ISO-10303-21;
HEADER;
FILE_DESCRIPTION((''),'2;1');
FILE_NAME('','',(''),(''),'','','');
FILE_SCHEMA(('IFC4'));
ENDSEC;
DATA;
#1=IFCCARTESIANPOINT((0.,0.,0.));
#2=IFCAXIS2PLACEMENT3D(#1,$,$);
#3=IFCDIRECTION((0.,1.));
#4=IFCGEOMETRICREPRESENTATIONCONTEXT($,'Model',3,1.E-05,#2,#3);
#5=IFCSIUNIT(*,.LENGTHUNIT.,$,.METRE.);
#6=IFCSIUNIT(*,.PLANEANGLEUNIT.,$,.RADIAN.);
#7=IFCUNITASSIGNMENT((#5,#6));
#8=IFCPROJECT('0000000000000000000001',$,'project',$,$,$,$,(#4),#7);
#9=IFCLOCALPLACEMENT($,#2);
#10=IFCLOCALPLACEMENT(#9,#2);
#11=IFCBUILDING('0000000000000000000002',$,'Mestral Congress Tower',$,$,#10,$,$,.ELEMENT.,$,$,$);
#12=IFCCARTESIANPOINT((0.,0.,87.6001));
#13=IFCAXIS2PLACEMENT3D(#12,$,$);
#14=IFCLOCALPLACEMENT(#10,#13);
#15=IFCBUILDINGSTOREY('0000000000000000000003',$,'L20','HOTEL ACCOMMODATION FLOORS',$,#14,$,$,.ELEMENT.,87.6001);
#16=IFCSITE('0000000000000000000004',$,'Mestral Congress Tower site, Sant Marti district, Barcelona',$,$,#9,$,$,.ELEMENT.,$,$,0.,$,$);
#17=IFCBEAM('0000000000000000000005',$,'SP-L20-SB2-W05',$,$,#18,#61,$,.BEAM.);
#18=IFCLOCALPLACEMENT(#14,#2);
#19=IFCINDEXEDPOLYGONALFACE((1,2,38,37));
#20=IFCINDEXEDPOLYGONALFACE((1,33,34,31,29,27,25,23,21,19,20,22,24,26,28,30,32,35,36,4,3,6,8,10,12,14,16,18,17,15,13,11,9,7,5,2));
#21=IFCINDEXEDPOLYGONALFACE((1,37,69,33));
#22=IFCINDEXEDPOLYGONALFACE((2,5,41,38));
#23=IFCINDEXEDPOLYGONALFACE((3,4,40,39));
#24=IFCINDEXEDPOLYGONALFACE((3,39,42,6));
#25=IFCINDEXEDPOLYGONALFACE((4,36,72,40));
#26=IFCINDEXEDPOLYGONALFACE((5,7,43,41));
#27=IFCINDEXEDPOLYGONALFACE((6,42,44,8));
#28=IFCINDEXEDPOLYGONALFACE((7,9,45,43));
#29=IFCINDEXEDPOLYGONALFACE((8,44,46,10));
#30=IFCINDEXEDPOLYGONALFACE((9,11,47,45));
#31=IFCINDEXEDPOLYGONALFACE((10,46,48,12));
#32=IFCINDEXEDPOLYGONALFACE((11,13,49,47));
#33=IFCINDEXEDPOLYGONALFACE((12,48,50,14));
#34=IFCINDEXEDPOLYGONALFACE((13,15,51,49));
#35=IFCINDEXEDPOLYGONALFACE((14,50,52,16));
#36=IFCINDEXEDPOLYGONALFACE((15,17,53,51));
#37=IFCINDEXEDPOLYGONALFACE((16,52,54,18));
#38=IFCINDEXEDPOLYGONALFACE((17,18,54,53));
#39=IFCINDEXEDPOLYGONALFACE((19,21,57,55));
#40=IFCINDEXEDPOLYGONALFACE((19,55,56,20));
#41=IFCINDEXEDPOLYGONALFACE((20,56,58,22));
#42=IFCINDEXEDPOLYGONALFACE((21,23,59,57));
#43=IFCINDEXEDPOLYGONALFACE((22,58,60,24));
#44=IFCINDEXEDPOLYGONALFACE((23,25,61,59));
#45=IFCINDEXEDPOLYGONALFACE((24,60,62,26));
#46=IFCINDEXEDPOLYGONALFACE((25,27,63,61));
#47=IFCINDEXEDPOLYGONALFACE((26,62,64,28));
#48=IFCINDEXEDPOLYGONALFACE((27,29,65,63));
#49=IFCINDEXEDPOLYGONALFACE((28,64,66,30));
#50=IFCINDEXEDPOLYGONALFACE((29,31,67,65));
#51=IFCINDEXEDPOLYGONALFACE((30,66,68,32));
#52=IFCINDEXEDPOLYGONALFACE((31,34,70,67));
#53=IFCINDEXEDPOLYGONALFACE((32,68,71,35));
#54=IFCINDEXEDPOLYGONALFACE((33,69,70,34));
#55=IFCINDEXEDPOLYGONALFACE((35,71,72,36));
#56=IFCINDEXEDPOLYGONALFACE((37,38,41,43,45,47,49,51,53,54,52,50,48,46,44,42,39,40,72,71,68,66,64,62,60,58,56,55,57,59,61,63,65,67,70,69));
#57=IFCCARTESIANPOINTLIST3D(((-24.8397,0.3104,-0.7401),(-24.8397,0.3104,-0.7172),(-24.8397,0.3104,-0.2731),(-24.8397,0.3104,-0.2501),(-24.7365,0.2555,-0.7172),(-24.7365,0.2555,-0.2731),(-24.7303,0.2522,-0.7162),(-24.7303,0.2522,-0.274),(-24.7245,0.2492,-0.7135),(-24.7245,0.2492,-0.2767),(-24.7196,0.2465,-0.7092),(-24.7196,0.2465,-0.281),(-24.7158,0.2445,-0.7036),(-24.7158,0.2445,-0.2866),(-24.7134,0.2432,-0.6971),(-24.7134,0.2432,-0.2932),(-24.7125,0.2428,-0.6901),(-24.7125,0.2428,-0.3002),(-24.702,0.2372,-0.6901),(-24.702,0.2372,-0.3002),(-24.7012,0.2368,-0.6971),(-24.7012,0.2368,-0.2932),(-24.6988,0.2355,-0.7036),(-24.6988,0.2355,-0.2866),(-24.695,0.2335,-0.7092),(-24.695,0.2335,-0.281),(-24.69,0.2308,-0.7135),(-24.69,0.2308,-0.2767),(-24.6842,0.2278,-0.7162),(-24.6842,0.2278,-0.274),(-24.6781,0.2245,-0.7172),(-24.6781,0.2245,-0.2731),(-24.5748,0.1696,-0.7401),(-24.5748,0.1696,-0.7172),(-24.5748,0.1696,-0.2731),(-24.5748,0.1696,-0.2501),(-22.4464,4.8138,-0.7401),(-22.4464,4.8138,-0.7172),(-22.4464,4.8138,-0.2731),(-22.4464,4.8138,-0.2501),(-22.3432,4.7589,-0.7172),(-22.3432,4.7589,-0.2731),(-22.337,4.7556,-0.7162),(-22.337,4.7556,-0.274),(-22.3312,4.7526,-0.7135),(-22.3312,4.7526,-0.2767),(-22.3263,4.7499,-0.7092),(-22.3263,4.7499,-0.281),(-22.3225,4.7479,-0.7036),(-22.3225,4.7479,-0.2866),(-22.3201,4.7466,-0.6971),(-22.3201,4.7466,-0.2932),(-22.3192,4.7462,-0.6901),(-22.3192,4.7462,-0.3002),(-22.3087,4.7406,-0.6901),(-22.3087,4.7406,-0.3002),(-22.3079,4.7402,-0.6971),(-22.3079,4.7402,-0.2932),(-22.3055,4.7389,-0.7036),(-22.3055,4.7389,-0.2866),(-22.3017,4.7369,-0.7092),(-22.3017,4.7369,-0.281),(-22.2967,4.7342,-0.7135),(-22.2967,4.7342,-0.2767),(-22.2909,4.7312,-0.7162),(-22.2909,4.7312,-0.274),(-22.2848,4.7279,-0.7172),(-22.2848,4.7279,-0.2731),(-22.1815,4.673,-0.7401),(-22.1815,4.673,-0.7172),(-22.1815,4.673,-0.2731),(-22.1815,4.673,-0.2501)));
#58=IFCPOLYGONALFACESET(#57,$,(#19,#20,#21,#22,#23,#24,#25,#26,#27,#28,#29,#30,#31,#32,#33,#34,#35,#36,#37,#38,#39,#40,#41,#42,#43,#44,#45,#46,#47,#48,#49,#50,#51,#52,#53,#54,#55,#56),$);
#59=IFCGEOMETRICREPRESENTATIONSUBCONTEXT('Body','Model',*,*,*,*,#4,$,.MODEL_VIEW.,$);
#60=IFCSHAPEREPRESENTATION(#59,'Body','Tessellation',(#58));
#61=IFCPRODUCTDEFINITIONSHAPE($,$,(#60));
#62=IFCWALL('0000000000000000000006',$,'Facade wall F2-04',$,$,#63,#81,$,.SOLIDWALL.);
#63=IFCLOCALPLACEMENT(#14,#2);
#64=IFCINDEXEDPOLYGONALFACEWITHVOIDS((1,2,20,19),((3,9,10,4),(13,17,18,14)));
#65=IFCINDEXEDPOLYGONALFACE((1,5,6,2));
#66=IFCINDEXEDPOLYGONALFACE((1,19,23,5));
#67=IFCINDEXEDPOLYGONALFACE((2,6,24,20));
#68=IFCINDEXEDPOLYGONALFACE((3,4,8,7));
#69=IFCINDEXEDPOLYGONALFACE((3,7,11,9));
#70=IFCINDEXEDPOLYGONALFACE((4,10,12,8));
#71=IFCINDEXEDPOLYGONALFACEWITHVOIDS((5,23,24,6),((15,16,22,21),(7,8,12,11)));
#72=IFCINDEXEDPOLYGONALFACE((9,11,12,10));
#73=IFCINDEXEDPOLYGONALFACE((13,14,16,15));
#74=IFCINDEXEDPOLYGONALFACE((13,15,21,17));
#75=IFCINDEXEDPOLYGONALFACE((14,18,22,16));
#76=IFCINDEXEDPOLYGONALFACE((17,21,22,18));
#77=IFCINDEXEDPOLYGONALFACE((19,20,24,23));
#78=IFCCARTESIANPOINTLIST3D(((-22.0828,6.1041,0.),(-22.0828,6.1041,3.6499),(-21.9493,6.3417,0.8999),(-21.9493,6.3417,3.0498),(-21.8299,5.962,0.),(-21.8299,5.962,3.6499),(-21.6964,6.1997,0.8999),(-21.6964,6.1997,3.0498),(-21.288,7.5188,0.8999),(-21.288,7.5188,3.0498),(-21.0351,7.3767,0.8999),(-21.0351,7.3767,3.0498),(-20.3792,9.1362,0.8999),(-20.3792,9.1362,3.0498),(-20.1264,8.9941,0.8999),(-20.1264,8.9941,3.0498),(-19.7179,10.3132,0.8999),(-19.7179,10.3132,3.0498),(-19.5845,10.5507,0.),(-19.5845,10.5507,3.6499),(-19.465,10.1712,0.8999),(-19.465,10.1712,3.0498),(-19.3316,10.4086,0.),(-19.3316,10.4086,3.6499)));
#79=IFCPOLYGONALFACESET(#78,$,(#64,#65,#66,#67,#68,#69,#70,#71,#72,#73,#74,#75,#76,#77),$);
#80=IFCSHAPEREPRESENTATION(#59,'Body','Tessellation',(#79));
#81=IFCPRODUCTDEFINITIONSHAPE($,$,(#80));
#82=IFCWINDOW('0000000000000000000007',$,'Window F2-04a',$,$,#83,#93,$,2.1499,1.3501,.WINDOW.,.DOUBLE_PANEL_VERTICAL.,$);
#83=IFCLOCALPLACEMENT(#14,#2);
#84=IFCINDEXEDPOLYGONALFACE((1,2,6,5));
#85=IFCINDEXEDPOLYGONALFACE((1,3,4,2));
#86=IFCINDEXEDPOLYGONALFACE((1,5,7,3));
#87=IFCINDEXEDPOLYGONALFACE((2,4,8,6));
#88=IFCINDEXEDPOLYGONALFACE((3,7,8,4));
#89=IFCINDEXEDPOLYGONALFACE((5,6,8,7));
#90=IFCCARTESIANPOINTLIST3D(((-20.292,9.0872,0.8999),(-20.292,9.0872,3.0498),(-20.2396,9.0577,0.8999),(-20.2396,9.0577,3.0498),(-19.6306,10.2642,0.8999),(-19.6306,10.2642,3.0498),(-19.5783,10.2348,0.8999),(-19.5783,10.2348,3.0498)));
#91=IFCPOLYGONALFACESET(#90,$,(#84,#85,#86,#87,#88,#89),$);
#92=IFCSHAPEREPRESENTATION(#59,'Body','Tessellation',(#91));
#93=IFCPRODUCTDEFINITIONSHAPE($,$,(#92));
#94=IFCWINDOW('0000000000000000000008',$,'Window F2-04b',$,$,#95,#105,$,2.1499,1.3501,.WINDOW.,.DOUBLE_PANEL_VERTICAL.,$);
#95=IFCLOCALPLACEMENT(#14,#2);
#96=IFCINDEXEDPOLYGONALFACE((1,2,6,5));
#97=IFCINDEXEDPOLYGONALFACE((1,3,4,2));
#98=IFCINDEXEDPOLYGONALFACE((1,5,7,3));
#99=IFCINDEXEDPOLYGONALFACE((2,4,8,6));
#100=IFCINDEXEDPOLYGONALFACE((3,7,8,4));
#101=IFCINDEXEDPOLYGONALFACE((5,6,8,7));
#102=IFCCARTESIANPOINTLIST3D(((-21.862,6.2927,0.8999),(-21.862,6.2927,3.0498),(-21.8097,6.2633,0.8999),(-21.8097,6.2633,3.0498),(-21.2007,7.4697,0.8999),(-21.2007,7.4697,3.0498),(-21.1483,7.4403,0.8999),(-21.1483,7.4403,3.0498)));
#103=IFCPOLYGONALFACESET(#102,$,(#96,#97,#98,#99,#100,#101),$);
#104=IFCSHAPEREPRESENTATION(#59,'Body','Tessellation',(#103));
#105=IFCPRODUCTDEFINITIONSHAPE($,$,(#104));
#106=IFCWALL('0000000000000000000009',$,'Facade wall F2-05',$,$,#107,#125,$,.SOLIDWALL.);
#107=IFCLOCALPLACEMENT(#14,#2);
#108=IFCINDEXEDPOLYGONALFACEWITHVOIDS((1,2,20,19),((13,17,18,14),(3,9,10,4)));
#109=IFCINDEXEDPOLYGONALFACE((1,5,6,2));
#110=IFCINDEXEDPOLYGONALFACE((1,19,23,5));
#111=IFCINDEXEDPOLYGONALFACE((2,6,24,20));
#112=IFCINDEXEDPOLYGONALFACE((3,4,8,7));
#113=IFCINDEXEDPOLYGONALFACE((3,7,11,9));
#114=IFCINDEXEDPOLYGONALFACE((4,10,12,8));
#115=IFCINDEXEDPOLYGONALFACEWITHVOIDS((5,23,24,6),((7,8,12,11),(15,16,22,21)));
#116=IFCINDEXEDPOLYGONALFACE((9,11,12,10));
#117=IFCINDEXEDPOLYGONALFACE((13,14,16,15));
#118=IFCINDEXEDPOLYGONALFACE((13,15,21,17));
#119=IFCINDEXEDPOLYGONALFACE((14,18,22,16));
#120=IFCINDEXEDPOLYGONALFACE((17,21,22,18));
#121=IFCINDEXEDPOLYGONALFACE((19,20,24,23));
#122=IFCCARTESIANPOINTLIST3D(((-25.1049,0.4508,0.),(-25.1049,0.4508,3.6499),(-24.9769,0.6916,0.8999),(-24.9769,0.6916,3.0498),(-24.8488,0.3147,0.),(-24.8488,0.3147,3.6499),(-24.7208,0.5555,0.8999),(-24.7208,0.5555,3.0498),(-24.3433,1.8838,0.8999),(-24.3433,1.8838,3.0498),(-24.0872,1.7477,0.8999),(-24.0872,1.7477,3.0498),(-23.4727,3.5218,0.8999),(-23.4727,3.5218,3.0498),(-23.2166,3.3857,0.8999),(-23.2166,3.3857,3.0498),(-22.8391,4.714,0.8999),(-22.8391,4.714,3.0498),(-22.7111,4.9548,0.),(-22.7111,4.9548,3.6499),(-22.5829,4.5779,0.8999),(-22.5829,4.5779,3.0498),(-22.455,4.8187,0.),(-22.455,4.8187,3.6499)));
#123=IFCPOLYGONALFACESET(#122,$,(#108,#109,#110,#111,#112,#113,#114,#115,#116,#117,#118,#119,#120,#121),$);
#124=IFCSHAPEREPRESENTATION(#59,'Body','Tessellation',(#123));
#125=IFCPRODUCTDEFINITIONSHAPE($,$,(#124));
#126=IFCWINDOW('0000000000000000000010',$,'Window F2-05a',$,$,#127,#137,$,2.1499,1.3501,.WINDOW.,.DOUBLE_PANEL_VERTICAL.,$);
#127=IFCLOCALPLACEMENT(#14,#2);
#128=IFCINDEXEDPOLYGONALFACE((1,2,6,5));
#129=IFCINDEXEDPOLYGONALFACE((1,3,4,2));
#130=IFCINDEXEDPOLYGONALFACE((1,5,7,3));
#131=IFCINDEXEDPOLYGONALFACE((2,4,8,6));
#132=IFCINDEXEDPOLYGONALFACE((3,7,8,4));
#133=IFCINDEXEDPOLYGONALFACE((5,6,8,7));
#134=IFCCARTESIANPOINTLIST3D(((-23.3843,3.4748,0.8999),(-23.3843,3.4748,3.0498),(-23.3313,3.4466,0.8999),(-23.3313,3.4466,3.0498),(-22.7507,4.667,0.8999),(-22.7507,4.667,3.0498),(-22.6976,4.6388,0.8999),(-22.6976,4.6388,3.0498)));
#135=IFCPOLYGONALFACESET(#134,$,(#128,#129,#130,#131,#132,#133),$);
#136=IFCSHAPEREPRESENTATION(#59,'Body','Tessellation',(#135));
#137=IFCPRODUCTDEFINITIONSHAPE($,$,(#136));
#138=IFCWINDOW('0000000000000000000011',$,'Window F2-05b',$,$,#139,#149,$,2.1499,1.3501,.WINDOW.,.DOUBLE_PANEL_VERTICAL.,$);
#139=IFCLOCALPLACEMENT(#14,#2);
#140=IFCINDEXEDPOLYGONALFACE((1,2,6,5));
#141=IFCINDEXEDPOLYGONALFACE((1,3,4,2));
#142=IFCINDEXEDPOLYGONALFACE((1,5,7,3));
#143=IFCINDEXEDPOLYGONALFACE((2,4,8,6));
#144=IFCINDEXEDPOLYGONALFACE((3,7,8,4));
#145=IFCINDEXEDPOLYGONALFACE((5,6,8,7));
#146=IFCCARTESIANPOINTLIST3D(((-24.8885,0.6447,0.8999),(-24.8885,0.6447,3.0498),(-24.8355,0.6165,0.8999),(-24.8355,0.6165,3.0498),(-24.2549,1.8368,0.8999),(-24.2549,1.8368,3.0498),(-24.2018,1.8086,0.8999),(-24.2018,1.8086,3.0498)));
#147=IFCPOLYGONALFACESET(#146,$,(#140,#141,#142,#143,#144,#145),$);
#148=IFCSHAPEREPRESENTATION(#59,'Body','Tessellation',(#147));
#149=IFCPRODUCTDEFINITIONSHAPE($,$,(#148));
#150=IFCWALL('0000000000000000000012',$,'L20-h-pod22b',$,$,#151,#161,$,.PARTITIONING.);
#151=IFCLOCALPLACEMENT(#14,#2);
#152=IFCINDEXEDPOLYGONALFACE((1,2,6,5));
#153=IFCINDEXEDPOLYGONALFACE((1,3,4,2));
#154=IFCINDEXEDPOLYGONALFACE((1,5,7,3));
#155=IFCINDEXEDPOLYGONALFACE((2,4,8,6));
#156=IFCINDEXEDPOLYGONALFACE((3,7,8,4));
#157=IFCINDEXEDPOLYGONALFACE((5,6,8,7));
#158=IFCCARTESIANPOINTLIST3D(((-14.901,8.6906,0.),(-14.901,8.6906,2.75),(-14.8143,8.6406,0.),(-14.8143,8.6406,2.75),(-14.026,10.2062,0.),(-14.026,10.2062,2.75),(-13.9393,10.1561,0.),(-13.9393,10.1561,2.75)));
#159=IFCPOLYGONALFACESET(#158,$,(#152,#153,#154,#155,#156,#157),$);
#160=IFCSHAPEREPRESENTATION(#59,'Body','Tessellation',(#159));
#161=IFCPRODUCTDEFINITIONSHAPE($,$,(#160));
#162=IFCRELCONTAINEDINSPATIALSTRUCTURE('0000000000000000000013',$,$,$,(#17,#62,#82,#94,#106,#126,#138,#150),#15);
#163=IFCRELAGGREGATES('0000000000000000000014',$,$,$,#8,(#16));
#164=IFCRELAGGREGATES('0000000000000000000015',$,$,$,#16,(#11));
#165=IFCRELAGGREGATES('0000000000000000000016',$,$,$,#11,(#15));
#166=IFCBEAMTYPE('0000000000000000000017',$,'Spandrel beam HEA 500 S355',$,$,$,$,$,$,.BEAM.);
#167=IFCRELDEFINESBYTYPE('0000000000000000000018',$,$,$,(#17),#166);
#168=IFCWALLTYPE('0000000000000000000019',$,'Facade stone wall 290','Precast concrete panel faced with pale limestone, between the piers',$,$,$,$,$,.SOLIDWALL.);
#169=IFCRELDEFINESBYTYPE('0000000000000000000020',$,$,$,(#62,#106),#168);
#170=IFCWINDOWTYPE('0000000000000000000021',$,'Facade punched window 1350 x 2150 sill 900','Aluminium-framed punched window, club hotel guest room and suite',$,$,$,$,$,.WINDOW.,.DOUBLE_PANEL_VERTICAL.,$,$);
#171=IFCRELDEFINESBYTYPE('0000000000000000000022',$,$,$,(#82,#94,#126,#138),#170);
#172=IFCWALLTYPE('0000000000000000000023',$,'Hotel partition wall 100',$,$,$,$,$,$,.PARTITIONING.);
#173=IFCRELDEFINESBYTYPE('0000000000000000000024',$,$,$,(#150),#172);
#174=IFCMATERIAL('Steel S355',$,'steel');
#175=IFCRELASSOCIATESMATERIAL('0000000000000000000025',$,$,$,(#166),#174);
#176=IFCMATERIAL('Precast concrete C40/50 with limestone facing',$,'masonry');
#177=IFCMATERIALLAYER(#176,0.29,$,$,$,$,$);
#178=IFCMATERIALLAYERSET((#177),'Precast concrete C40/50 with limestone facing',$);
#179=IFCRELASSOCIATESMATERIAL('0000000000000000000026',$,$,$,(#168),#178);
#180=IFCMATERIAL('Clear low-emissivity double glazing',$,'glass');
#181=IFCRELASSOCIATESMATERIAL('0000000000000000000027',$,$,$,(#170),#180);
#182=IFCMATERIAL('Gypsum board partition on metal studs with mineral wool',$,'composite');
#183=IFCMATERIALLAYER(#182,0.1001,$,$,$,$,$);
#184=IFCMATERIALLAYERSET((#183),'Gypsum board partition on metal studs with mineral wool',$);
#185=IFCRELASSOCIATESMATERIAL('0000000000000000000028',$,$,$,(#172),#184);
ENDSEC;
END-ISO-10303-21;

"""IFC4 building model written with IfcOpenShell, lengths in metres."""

from ifc_helpers import new_model, si_unit, direction, frame, frame_2d, origin, origin_2d, place, context, subcontext, project, spatial, rectangle, i_section, extrude, material, layer, layer_set, material_profile, profile_set, type_object, element, fill, save


model = new_model("IFC4")

# Units and contexts
model_context = context("Model", 3, precision=1e-05, world=origin(), true_north=direction((0.0, 1.0)))
body_context = subcontext(model_context, "Body", "Model", "MODEL_VIEW")
ifc_project = project(units=[si_unit("LENGTHUNIT", "METRE"), si_unit("PLANEANGLEUNIT", "RADIAN")], contexts=[model_context])

# Site, building, storey
site_placement = place(None, origin())
site = spatial("IfcSite", under=ifc_project, at=site_placement, Name="Mestral Congress Tower site, Sant Marti district, Barcelona", CompositionType="ELEMENT", RefElevation=0.0)
building_placement = place(site_placement, origin())
building = spatial("IfcBuilding", under=site, at=building_placement, Name="Mestral Congress Tower", CompositionType="ELEMENT")
storey_placement = place(building_placement, frame((0.0, 0.0, 87.6001)))
storey = spatial("IfcBuildingStorey", under=building, at=storey_placement, Name="L20", Description="HOTEL ACCOMMODATION FLOORS", CompositionType="ELEMENT", Elevation=87.6001)

# Beam
ifc_material_1 = material(Name="Steel S355", Category="steel")
ifc_material_profile_1 = material_profile(ifc_material_1, i_section(OverallWidth=0.3, OverallDepth=0.49, WebThickness=0.012, FlangeThickness=0.0229, FilletRadius=0.0271, at=origin_2d()), Name="HEA 500")
ifc_profile_set_1 = profile_set([ifc_material_profile_1], Name="Steel S355")
beam_type_1 = type_object("IfcBeamType", Name="Spandrel beam HEA 500 S355", PredefinedType="BEAM", material=ifc_profile_set_1)
for number, where, z_axis, x_axis, name in (
    (1, (-22.314, 4.7434, -0.4951), (-0.469288, -0.883045, 0.0), (0.883045, -0.469288, 0.0), "SP-L20-SB2-W05"),
):
    element("IfcBeam", number, at=place(storey_placement, frame(where, z_axis=z_axis, x_axis=x_axis)), inside=storey, type_object=beam_type_1, Name=name, PredefinedType="BEAM", context=body_context, shape_type="SweptSolid", body=[
        extrude(i_section(OverallWidth=0.3, OverallDepth=0.49, WebThickness=0.012, FlangeThickness=0.0229, FilletRadius=0.0271, at=origin_2d()), origin(), (0.0, 0.0, 1.0), 5.0999),
    ])

# Walls, openings, windows
ifc_material_2 = material(Name="Precast concrete C40/50 with limestone facing", Category="masonry")
ifc_layer_1 = layer(ifc_material_2, 0.29)
ifc_layer_set_1 = layer_set([ifc_layer_1], Name="Precast concrete C40/50 with limestone facing")
wall_type_1 = type_object("IfcWallType", Name="Facade stone wall 290", Description="Precast concrete panel faced with pale limestone, between the piers", PredefinedType="SOLIDWALL", material=ifc_layer_set_1)
wall_1_placement = place(storey_placement, frame((-19.458, 10.4797, 0.0), z_axis=(0.0, 0.0, 1.0), x_axis=(-0.489832, -0.871817, 0.0)))
wall_1 = element("IfcWall", 2, at=wall_1_placement, inside=storey, type_object=wall_type_1, Name="Facade wall F2-04", PredefinedType="SOLIDWALL", context=body_context, shape_type="SweptSolid", body=[
    extrude(rectangle(XDim=5.1003, YDim=0.29, at=frame_2d((2.5503, 0.0))), origin(), (0.0, 0.0, 1.0), 3.6499),
])
opening_1_placement = place(wall_1_placement, frame((0.2725, 0.0, 0.8999)))
opening_1 = element("IfcOpeningElement", 3, at=opening_1_placement, cuts=wall_1, PredefinedType="OPENING", context=body_context, shape_type="SweptSolid", body=[
    extrude(rectangle(XDim=1.3501, YDim=2.1499, at=frame_2d((0.675, 1.075))), frame((0.0, 0.155, 0.0), z_axis=(0.0, -1.0, 0.0), x_axis=(1.0, 0.0, 0.0)), (0.0, 0.0, 1.0), 0.3101),
])
opening_2_placement = place(wall_1_placement, frame((3.4778, 0.0, 0.8999)))
opening_2 = element("IfcOpeningElement", 4, at=opening_2_placement, cuts=wall_1, PredefinedType="OPENING", context=body_context, shape_type="SweptSolid", body=[
    extrude(rectangle(XDim=1.3501, YDim=2.1499, at=frame_2d((0.675, 1.075))), frame((0.0, 0.155, 0.0), z_axis=(0.0, -1.0, 0.0), x_axis=(1.0, 0.0, 0.0)), (0.0, 0.0, 1.0), 0.3101),
])
ifc_material_3 = material(Name="Clear low-emissivity double glazing", Category="glass")
window_type = type_object("IfcWindowType", Name="Facade punched window 1350 x 2150 sill 900", Description="Aluminium-framed punched window, club hotel guest room and suite", PartitioningType="DOUBLE_PANEL_VERTICAL", PredefinedType="WINDOW", material=ifc_material_3)
window_1_placement = place(opening_1_placement, origin())
window_1 = element("IfcWindow", 5, at=window_1_placement, inside=storey, type_object=window_type, Name="Window F2-04a", OverallHeight=2.1499, OverallWidth=1.3501, PartitioningType="DOUBLE_PANEL_VERTICAL", PredefinedType="WINDOW", context=body_context, shape_type="SweptSolid", body=[
    extrude(rectangle(XDim=1.3501, YDim=2.1499, at=frame_2d((0.675, 1.075))), frame((0.0, 0.0151, 0.0), z_axis=(0.0, -1.0, 0.0), x_axis=(1.0, 0.0, 0.0)), (0.0, 0.0, 1.0), 0.0601),
])
fill(opening_1, window_1)
window_2_placement = place(opening_2_placement, origin())
window_2 = element("IfcWindow", 6, at=window_2_placement, inside=storey, type_object=window_type, Name="Window F2-04b", OverallHeight=2.1499, OverallWidth=1.3501, PartitioningType="DOUBLE_PANEL_VERTICAL", PredefinedType="WINDOW", context=body_context, shape_type="SweptSolid", body=[
    extrude(rectangle(XDim=1.3501, YDim=2.1499, at=frame_2d((0.675, 1.075))), frame((0.0, 0.0151, 0.0), z_axis=(0.0, -1.0, 0.0), x_axis=(1.0, 0.0, 0.0)), (0.0, 0.0, 1.0), 0.0601),
])
fill(opening_2, window_2)
wall_2_placement = place(storey_placement, frame((-22.583, 4.8867, 0.0), z_axis=(0.0, 0.0, 1.0), x_axis=(-0.469323, -0.883026, 0.0)))
wall_2 = element("IfcWall", 7, at=wall_2_placement, inside=storey, type_object=wall_type_1, Name="Facade wall F2-05", PredefinedType="SOLIDWALL", context=body_context, shape_type="SweptSolid", body=[
    extrude(rectangle(XDim=5.1006, YDim=0.29, at=frame_2d((2.5503, 0.0))), origin(), (0.0, 0.0, 1.0), 3.6499),
])
opening_3_placement = place(wall_2_placement, frame((0.2727, 0.0, 0.8999)))
opening_3 = element("IfcOpeningElement", 8, at=opening_3_placement, cuts=wall_2, PredefinedType="OPENING", context=body_context, shape_type="SweptSolid", body=[
    extrude(rectangle(XDim=1.3501, YDim=2.1499, at=frame_2d((0.675, 1.075))), frame((0.0, 0.155, 0.0), z_axis=(0.0, -1.0, 0.0), x_axis=(1.0, 0.0, 0.0)), (0.0, 0.0, 1.0), 0.3101),
])
opening_4_placement = place(wall_2_placement, frame((3.4778, 0.0, 0.8999)))
opening_4 = element("IfcOpeningElement", 9, at=opening_4_placement, cuts=wall_2, PredefinedType="OPENING", context=body_context, shape_type="SweptSolid", body=[
    extrude(rectangle(XDim=1.3501, YDim=2.1499, at=frame_2d((0.675, 1.075))), frame((0.0, 0.155, 0.0), z_axis=(0.0, -1.0, 0.0), x_axis=(1.0, 0.0, 0.0)), (0.0, 0.0, 1.0), 0.3101),
])
window_3_placement = place(opening_3_placement, origin())
window_3 = element("IfcWindow", 10, at=window_3_placement, inside=storey, type_object=window_type, Name="Window F2-05a", OverallHeight=2.1499, OverallWidth=1.3501, PartitioningType="DOUBLE_PANEL_VERTICAL", PredefinedType="WINDOW", context=body_context, shape_type="SweptSolid", body=[
    extrude(rectangle(XDim=1.3501, YDim=2.1499, at=frame_2d((0.675, 1.075))), frame((0.0, 0.0151, 0.0), z_axis=(0.0, -1.0, 0.0), x_axis=(1.0, 0.0, 0.0)), (0.0, 0.0, 1.0), 0.0601),
])
fill(opening_3, window_3)
window_4_placement = place(opening_4_placement, origin())
window_4 = element("IfcWindow", 11, at=window_4_placement, inside=storey, type_object=window_type, Name="Window F2-05b", OverallHeight=2.1499, OverallWidth=1.3501, PartitioningType="DOUBLE_PANEL_VERTICAL", PredefinedType="WINDOW", context=body_context, shape_type="SweptSolid", body=[
    extrude(rectangle(XDim=1.3501, YDim=2.1499, at=frame_2d((0.675, 1.075))), frame((0.0, 0.0151, 0.0), z_axis=(0.0, -1.0, 0.0), x_axis=(1.0, 0.0, 0.0)), (0.0, 0.0, 1.0), 0.0601),
])
fill(opening_4, window_4)

# Wall
ifc_material_4 = material(Name="Gypsum board partition on metal studs with mineral wool", Category="composite")
ifc_layer_2 = layer(ifc_material_4, 0.1001)
ifc_layer_set_2 = layer_set([ifc_layer_2], Name="Gypsum board partition on metal studs with mineral wool")
wall_type_2 = type_object("IfcWallType", Name="Hotel partition wall 100", PredefinedType="PARTITIONING", material=ifc_layer_set_2)
wall_3_placement = place(storey_placement, frame((-13.9827, 10.1812, 0.0), z_axis=(0.0, 0.0, 1.0), x_axis=(-0.49998, -0.866037, 0.0)))
element("IfcWall", 12, at=wall_3_placement, inside=storey, type_object=wall_type_2, Name="L20-h-pod22b", PredefinedType="PARTITIONING", context=body_context, shape_type="SweptSolid", body=[
    extrude(rectangle(XDim=1.75, YDim=0.1001, at=frame_2d((0.875, 0.0))), origin(), (0.0, 0.0, 1.0), 2.75),
])

save(model, "model.ifc")
